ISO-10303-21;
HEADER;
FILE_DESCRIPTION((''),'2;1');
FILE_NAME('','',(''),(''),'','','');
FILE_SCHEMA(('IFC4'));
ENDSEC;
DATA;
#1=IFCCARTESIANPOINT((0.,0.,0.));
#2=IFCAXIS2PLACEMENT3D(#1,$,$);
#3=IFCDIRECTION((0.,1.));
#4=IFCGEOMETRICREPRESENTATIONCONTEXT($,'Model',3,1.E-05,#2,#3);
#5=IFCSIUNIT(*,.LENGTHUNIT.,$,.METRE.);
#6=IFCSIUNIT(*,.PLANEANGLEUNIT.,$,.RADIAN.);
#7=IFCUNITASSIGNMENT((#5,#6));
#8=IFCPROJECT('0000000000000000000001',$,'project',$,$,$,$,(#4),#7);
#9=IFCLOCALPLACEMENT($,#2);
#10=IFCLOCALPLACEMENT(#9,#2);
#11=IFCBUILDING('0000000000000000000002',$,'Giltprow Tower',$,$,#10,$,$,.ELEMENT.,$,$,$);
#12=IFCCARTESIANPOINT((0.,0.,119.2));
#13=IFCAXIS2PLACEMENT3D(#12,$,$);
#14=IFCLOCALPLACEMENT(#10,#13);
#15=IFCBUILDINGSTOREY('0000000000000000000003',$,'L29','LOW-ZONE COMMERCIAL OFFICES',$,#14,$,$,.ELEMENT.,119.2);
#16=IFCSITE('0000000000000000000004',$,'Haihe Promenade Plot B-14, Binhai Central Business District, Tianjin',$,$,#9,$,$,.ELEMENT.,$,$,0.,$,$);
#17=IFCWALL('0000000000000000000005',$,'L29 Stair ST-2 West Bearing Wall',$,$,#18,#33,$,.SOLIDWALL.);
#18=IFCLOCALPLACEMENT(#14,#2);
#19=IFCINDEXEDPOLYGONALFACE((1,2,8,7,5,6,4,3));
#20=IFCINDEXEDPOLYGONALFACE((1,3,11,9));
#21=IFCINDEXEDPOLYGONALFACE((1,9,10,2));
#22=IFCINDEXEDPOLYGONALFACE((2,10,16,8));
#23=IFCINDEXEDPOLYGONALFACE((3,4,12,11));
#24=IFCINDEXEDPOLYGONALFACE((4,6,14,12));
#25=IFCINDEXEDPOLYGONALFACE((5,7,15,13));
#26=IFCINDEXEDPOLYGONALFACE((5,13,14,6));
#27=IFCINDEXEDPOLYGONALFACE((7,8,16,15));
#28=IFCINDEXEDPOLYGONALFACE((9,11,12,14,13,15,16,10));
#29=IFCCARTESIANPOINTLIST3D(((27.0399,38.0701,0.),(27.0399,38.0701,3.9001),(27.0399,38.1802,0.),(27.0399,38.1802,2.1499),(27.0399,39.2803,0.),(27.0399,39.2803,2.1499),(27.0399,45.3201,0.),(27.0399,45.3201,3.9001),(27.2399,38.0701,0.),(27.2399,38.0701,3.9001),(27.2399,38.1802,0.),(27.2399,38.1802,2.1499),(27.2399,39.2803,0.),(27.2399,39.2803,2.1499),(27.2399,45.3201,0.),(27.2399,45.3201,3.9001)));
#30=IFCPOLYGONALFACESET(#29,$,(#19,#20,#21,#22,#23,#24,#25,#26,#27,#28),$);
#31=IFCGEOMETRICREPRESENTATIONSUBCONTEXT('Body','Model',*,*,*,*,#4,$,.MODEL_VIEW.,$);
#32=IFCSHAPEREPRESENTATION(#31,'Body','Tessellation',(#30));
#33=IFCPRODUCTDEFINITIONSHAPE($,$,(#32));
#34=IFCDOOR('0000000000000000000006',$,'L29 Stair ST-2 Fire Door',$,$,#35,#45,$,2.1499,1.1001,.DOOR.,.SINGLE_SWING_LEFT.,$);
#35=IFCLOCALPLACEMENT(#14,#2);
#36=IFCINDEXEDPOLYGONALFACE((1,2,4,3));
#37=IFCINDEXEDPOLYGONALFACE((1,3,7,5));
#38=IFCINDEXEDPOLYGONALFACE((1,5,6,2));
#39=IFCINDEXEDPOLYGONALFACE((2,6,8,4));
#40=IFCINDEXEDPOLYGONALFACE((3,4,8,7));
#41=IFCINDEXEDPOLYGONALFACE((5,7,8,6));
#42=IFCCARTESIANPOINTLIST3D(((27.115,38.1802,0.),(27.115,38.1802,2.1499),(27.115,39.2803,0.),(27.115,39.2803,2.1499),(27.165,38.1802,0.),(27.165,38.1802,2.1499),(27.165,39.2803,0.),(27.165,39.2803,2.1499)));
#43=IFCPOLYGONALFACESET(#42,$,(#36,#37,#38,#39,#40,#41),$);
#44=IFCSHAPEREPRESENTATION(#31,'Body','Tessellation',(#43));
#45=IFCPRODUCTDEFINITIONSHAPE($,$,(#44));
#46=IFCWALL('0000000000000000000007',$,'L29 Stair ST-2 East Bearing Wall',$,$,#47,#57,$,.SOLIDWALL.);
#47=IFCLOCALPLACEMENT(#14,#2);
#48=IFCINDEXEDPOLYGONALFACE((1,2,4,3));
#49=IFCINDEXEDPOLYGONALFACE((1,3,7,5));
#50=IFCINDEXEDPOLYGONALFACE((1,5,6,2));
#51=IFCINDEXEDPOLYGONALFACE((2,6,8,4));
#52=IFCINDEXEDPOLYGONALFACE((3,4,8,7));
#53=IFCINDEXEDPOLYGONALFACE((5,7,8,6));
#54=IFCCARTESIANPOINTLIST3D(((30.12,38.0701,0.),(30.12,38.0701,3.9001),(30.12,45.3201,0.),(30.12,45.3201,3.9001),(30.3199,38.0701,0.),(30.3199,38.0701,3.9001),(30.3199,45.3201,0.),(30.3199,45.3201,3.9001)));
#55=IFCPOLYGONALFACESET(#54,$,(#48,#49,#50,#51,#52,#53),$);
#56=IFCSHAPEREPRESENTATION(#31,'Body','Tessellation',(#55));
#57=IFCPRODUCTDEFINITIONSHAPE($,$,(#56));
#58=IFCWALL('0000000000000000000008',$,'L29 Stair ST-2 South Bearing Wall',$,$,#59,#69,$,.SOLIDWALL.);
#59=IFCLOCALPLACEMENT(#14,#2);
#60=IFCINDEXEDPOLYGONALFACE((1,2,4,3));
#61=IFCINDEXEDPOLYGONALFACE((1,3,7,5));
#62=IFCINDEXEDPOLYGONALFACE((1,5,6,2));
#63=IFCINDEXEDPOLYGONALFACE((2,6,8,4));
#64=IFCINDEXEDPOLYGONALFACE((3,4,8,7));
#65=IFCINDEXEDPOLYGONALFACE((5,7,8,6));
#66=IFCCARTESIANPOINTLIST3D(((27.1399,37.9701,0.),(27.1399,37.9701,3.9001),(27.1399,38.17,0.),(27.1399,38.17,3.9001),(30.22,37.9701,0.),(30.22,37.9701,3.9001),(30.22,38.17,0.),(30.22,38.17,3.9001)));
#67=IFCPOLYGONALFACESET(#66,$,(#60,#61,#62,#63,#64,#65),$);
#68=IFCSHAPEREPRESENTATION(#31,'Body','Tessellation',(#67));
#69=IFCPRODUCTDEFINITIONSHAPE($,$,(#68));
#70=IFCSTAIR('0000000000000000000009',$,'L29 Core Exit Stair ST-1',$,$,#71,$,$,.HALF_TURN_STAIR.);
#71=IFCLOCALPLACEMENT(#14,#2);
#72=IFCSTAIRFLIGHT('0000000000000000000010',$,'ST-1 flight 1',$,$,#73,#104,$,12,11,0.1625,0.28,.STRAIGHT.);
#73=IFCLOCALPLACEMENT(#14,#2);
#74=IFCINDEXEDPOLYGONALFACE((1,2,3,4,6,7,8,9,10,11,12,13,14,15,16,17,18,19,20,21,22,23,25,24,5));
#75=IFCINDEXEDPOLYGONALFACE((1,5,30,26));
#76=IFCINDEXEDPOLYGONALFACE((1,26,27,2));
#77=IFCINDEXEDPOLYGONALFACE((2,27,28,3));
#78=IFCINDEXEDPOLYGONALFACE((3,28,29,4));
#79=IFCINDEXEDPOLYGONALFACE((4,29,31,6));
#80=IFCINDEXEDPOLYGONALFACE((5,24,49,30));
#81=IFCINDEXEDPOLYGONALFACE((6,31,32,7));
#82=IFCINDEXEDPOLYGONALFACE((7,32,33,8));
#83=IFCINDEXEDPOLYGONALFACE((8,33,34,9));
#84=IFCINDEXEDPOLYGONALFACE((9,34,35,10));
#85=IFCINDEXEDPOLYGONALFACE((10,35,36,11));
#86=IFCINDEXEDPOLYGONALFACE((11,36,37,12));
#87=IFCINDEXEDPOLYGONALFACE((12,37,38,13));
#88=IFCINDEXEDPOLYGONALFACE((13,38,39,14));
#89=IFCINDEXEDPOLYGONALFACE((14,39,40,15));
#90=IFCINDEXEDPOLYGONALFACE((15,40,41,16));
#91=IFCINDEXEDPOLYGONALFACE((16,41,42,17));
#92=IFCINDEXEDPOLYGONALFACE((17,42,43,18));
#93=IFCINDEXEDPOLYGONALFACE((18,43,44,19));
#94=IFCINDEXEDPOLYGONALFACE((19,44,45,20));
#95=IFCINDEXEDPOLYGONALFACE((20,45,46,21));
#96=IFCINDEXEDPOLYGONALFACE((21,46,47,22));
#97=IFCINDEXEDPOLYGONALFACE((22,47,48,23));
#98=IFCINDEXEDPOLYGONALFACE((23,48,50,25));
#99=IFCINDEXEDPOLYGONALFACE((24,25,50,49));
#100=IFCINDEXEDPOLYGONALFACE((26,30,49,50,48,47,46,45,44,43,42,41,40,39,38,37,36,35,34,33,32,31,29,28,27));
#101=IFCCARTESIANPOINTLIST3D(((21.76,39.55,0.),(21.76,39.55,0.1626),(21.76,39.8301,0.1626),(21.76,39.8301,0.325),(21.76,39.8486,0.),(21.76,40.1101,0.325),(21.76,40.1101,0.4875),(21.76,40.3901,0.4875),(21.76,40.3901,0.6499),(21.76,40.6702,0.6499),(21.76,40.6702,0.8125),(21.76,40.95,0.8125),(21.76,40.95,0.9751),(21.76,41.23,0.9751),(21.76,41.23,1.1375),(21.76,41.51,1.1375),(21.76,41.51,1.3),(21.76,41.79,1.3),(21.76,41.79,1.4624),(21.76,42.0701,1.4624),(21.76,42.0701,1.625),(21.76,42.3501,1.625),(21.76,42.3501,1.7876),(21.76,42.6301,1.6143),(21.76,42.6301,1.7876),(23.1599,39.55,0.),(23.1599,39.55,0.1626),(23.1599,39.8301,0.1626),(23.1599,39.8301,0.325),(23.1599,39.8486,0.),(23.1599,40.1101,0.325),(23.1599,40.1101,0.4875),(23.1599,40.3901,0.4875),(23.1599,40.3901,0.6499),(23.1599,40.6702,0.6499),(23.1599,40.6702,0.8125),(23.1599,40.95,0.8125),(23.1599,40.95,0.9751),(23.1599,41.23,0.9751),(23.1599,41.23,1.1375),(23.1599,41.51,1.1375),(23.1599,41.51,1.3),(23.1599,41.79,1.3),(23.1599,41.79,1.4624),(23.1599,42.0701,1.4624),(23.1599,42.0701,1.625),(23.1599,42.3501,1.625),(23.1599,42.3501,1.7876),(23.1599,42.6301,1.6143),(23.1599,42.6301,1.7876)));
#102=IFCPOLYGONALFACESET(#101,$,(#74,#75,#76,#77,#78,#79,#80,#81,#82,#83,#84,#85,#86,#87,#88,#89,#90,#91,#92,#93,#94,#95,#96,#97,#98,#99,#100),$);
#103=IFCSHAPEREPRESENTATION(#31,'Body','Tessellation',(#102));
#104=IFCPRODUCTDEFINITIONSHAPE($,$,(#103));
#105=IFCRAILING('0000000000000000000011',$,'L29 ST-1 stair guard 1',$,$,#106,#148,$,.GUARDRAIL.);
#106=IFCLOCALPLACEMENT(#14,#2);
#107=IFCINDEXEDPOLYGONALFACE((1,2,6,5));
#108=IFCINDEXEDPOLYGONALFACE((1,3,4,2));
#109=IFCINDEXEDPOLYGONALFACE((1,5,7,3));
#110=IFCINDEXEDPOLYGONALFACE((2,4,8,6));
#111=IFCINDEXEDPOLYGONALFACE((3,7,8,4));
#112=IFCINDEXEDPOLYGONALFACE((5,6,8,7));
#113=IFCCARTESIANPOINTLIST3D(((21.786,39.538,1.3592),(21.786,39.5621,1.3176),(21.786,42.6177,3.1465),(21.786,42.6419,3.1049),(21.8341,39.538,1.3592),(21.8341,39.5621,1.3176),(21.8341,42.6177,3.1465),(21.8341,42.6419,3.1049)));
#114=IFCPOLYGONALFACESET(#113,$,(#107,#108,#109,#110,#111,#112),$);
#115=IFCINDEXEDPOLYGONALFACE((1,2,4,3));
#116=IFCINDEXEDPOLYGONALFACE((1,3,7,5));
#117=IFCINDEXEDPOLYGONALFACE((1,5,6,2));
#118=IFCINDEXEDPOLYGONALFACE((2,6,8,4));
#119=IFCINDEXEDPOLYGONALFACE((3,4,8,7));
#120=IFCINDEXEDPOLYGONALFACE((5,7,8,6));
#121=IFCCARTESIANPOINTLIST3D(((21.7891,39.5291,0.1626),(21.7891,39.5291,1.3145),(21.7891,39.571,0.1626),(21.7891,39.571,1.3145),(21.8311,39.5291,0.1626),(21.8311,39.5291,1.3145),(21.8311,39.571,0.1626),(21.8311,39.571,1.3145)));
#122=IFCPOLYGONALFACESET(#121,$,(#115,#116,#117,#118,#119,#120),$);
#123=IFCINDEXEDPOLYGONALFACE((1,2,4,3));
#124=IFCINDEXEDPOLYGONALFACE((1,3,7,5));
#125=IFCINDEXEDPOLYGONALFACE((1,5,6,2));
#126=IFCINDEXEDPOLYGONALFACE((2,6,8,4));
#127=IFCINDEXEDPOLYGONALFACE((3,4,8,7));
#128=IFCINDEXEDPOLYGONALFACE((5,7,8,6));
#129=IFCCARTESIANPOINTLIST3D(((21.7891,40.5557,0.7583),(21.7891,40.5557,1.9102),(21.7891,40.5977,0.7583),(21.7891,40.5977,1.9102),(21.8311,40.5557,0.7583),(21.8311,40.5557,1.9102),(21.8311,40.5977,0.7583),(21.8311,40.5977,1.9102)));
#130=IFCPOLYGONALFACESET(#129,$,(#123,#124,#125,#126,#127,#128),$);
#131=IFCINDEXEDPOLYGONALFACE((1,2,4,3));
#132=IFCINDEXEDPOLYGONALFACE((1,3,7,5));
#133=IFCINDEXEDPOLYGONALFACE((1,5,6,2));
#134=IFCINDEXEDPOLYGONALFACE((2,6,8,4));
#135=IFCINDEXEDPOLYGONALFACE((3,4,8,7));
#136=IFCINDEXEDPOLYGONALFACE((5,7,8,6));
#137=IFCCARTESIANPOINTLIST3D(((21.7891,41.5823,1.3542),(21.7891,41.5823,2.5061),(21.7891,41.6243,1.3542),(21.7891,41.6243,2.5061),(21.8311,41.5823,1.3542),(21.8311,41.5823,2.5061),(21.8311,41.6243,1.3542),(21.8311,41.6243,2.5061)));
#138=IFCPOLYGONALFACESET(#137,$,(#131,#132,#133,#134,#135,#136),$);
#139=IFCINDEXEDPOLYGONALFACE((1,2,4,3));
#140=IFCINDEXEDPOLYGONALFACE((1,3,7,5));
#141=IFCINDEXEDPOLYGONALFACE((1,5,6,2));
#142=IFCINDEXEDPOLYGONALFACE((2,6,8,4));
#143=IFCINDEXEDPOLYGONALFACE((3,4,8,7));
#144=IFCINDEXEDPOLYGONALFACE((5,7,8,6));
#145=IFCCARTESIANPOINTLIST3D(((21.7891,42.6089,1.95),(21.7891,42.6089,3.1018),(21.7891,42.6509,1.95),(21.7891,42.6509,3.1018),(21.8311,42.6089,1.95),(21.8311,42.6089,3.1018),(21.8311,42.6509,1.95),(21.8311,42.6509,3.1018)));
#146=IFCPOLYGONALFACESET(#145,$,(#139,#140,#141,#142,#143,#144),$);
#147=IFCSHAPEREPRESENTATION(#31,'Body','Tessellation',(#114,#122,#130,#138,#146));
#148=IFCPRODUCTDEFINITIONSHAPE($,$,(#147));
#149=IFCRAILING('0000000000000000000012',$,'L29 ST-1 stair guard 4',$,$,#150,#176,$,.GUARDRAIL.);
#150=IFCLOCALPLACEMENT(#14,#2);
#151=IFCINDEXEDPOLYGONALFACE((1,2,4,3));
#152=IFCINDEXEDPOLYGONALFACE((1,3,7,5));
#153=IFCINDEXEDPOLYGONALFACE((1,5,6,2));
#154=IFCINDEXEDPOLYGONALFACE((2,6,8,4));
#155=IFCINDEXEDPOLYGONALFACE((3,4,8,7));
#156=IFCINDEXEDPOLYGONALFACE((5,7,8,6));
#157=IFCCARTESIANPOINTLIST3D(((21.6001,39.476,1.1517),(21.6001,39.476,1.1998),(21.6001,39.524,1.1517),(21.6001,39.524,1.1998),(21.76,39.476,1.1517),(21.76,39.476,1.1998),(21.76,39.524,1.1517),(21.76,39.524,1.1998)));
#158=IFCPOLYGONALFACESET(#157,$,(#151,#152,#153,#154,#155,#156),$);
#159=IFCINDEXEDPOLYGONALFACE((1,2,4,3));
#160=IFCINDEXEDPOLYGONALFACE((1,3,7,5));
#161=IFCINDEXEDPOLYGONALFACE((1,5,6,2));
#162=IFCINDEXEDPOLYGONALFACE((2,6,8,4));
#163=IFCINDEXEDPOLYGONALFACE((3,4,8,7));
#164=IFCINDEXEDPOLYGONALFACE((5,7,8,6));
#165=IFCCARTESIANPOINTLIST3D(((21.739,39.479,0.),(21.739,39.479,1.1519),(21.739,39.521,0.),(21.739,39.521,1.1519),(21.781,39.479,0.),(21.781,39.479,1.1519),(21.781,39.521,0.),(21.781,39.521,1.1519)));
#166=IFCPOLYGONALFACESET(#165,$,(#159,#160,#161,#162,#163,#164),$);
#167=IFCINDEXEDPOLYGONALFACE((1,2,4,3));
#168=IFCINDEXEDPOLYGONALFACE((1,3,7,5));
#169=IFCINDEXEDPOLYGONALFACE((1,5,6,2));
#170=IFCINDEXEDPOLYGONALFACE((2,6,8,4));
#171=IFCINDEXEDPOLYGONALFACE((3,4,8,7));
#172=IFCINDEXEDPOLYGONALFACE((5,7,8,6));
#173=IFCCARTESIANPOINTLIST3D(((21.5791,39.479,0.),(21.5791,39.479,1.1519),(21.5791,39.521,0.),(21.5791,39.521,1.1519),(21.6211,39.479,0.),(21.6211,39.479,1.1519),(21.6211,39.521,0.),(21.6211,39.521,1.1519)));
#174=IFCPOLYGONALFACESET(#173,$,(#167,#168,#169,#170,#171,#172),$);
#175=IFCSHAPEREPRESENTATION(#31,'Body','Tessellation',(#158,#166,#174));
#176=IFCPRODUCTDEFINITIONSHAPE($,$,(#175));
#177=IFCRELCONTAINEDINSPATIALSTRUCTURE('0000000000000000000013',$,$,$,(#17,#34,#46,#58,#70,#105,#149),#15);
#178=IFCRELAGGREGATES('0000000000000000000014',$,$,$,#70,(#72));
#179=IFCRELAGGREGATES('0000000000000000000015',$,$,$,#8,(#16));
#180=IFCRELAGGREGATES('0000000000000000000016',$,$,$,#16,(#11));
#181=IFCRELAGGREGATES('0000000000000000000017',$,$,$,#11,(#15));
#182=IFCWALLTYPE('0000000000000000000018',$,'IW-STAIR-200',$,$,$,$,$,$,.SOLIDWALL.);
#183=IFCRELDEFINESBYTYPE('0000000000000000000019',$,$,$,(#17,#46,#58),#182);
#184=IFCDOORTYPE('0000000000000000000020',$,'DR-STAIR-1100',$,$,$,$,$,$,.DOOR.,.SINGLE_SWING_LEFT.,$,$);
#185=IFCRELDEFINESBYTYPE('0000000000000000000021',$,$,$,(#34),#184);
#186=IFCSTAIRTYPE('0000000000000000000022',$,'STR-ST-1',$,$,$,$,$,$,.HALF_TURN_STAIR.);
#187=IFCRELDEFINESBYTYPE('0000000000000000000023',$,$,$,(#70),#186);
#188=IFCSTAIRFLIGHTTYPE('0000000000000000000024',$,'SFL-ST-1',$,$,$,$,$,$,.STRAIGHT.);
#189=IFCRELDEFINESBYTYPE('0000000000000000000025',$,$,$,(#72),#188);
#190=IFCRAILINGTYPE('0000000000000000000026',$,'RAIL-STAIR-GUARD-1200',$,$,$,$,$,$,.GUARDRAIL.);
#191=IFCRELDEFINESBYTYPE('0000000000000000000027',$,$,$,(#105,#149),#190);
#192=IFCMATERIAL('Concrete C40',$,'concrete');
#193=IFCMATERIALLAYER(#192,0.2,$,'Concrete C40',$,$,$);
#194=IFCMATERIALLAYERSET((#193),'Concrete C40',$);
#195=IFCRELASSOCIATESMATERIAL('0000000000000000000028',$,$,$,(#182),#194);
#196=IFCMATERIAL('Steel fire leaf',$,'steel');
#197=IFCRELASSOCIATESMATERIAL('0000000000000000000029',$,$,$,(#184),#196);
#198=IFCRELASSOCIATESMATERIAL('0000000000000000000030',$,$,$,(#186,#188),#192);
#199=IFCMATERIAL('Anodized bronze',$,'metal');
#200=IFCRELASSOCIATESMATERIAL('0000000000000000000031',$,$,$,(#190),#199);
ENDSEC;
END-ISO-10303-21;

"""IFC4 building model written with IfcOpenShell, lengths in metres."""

from ifc_helpers import new_model, si_unit, direction, frame, frame_2d, origin, origin_2d, place, context, subcontext, project, spatial, polyline, rectangle, outline, extrude, source, transform, mapped, material, layer, layer_set, type_object, element, fill, aggregate, save


model = new_model("IFC4")

# Units and contexts
model_context = context("Model", 3, precision=1e-05, world=origin(), true_north=direction((0.0, 1.0)))
body_context = subcontext(model_context, "Body", "Model", "MODEL_VIEW")
ifc_project = project(units=[si_unit("LENGTHUNIT", "METRE"), si_unit("PLANEANGLEUNIT", "RADIAN")], contexts=[model_context])

# Site, building, storey
site_placement = place(None, origin())
site = spatial("IfcSite", under=ifc_project, at=site_placement, Name="Haihe Promenade Plot B-14, Binhai Central Business District, Tianjin", CompositionType="ELEMENT", RefElevation=0.0)
building_placement = place(site_placement, origin())
building = spatial("IfcBuilding", under=site, at=building_placement, Name="Giltprow Tower", CompositionType="ELEMENT")
storey_placement = place(building_placement, frame((0.0, 0.0, 119.2)))
storey = spatial("IfcBuildingStorey", under=building, at=storey_placement, Name="L29", Description="LOW-ZONE COMMERCIAL OFFICES", CompositionType="ELEMENT", Elevation=119.2)

# Wall, opening, door
ifc_material_1 = material(Name="Concrete C40", Category="concrete")
ifc_layer_1 = layer(ifc_material_1, 0.2, Name="Concrete C40")
ifc_layer_set_1 = layer_set([ifc_layer_1], Name="Concrete C40")
wall_type_1 = type_object("IfcWallType", Name="IW-STAIR-200", PredefinedType="SOLIDWALL", material=ifc_layer_set_1)
ifc_material_2 = material(Name="Steel fire leaf", Category="steel")
door_type_1 = type_object("IfcDoorType", Name="DR-STAIR-1100", OperationType="SINGLE_SWING_LEFT", PredefinedType="DOOR", material=ifc_material_2)
shared_shape_1 = source(origin(), body_context, "Body", "SweptSolid", [
    extrude(rectangle(XDim=1.1001, YDim=2.1499, at=frame_2d((0.55, 1.075))), frame((0.0, 0.0249, 0.0), z_axis=(0.0, -1.0, 0.0), x_axis=(1.0, 0.0, 0.0)), (0.0, 0.0, 1.0), 0.05),
])
wall_1_placement = place(storey_placement, frame((27.1399, 38.0701, 0.0), z_axis=(0.0, 0.0, 1.0), x_axis=(0.0, 1.0, 0.0)))
wall_1 = element("IfcWall", 1, at=wall_1_placement, inside=storey, type_object=wall_type_1, Name="L29 Stair ST-2 West Bearing Wall", PredefinedType="SOLIDWALL", context=body_context, shape_type="SweptSolid", body=[
    extrude(rectangle(XDim=7.25, YDim=0.2, at=frame_2d((3.625, 0.0))), origin(), (0.0, 0.0, 1.0), 3.9001),
])
opening_1_placement = place(wall_1_placement, frame((0.1101, 0.0, 0.0)))
opening_1 = element("IfcOpeningElement", 2, at=opening_1_placement, cuts=wall_1, PredefinedType="OPENING", context=body_context, shape_type="SweptSolid", body=[
    extrude(rectangle(XDim=1.1001, YDim=2.1499, at=frame_2d((0.55, 1.075))), frame((0.0, 0.1099, 0.0), z_axis=(0.0, -1.0, 0.0), x_axis=(1.0, 0.0, 0.0)), (0.0, 0.0, 1.0), 0.22),
])
door_1_placement = place(opening_1_placement, origin())
door_1 = element("IfcDoor", 3, at=door_1_placement, inside=storey, type_object=door_type_1, Name="L29 Stair ST-2 Fire Door", OperationType="SINGLE_SWING_LEFT", OverallHeight=2.1499, OverallWidth=1.1001, PredefinedType="DOOR", context=body_context, shape_type="MappedRepresentation", body=[
    mapped(shared_shape_1, transform((0.0, 0.0, 0.0), x_axis=(1.0, 0.0, 0.0), y_axis=(0.0, 1.0, 0.0), z_axis=(0.0, 0.0, 1.0), scale=1.0)),
])
fill(opening_1, door_1)

# Walls
wall_2_placement = place(storey_placement, frame((30.22, 38.0701, 0.0), z_axis=(0.0, 0.0, 1.0), x_axis=(0.0, 1.0, 0.0)))
element("IfcWall", 4, at=wall_2_placement, inside=storey, type_object=wall_type_1, Name="L29 Stair ST-2 East Bearing Wall", PredefinedType="SOLIDWALL", context=body_context, shape_type="SweptSolid", body=[
    extrude(rectangle(XDim=7.25, YDim=0.2, at=frame_2d((3.625, 0.0))), origin(), (0.0, 0.0, 1.0), 3.9001),
])
wall_3_placement = place(storey_placement, frame((27.1399, 38.0701, 0.0), z_axis=(0.0, 0.0, 1.0), x_axis=(1.0, 0.0, 0.0)))
element("IfcWall", 5, at=wall_3_placement, inside=storey, type_object=wall_type_1, Name="L29 Stair ST-2 South Bearing Wall", PredefinedType="SOLIDWALL", context=body_context, shape_type="SweptSolid", body=[
    extrude(rectangle(XDim=3.0801, YDim=0.2, at=frame_2d((1.54, 0.0))), origin(), (0.0, 0.0, 1.0), 3.9001),
])

# Stair, stair flight
stair_type = type_object("IfcStairType", Name="STR-ST-1", PredefinedType="HALF_TURN_STAIR", material=ifc_material_1)
stair_placement = place(storey_placement, origin())
stair = element("IfcStair", 6, at=stair_placement, inside=storey, type_object=stair_type, Name="L29 Core Exit Stair ST-1", PredefinedType="HALF_TURN_STAIR")
stair_flight_type = type_object("IfcStairFlightType", Name="SFL-ST-1", PredefinedType="STRAIGHT", material=ifc_material_1)
stair_flight_placement = place(storey_placement, frame((22.46, 39.55, 0.0), z_axis=(0.0, 0.0, 1.0), x_axis=(0.0, 1.0, 0.0)))
stair_flight = element("IfcStairFlight", 7, at=stair_flight_placement, type_object=stair_flight_type, Name="ST-1 flight 1", NumberOfRisers=12, NumberOfTreads=11, PredefinedType="STRAIGHT", RiserHeight=0.1625, TreadLength=0.28, context=body_context, shape_type="SweptSolid", body=[
    extrude(outline(polyline([(0.0, 0.0), (0.0, 0.1626), (0.28, 0.1626), (0.28, 0.325), (0.5601, 0.325), (0.5601, 0.4875), (0.8401, 0.4875), (0.8401, 0.6499), (1.1201, 0.6499), (1.1201, 0.8125), (1.3999, 0.8125), (1.3999, 0.9751), (1.6799, 0.9751), (1.6799, 1.1375), (1.96, 1.1375), (1.96, 1.3), (2.24, 1.3), (2.24, 1.4624), (2.52, 1.4624), (2.52, 1.625), (2.8, 1.625), (2.8, 1.7876), (3.0801, 1.7876), (3.0801, 1.95), (3.0801, 1.6143), (0.2986, 0.0), (0.0, 0.0)])), frame((0.0, 0.7, 0.0), z_axis=(0.0, -1.0, 0.0), x_axis=(1.0, 0.0, 0.0)), (0.0, 0.0, 1.0), 1.3999),
])
aggregate(stair, [stair_flight])

# Railings
ifc_material_3 = material(Name="Anodized bronze", Category="metal")
railing_type_1 = type_object("IfcRailingType", Name="RAIL-STAIR-GUARD-1200", PredefinedType="GUARDRAIL", material=ifc_material_3)
railing_1_placement = place(storey_placement, frame((21.8101, 39.55, 0.1626)))
element("IfcRailing", 8, at=railing_1_placement, inside=storey, type_object=railing_type_1, Name="L29 ST-1 stair guard 1", PredefinedType="GUARDRAIL", context=body_context, shape_type="SweptSolid", body=[
    extrude(rectangle(XDim=0.0481, YDim=0.0481, at=origin_2d()), frame((0.0, 0.0, 1.1758), z_axis=(0.0, 0.864903, 0.501939), x_axis=(-1.0, 0.0, 0.0)), (0.0, 0.0, 1.0), 3.5608),
    extrude(rectangle(XDim=0.042, YDim=0.042, at=origin_2d()), origin(), (0.0, 0.0, 1.0), 1.1519),
    extrude(rectangle(XDim=0.042, YDim=0.042, at=origin_2d()), frame((0.0, 1.0266, 0.5957)), (0.0, 0.0, 1.0), 1.1519),
    extrude(rectangle(XDim=0.042, YDim=0.042, at=origin_2d()), frame((0.0, 2.0532, 1.1917)), (0.0, 0.0, 1.0), 1.1519),
    extrude(rectangle(XDim=0.042, YDim=0.042, at=origin_2d()), frame((0.0, 3.0798, 1.7874)), (0.0, 0.0, 1.0), 1.1519),
])
railing_2_placement = place(storey_placement, frame((21.76, 39.5, 0.0)))
element("IfcRailing", 9, at=railing_2_placement, inside=storey, type_object=railing_type_1, Name="L29 ST-1 stair guard 4", PredefinedType="GUARDRAIL", context=body_context, shape_type="SweptSolid", body=[
    extrude(rectangle(XDim=0.0481, YDim=0.0481, at=origin_2d()), frame((0.0, 0.0, 1.1758), z_axis=(-1.0, 0.0, 0.0), x_axis=(0.0, -1.0, 0.0)), (0.0, 0.0, 1.0), 0.1599),
    extrude(rectangle(XDim=0.042, YDim=0.042, at=origin_2d()), origin(), (0.0, 0.0, 1.0), 1.1519),
    extrude(rectangle(XDim=0.042, YDim=0.042, at=origin_2d()), frame((-0.1599, 0.0, 0.0)), (0.0, 0.0, 1.0), 1.1519),
])

save(model, "model.ifc")
